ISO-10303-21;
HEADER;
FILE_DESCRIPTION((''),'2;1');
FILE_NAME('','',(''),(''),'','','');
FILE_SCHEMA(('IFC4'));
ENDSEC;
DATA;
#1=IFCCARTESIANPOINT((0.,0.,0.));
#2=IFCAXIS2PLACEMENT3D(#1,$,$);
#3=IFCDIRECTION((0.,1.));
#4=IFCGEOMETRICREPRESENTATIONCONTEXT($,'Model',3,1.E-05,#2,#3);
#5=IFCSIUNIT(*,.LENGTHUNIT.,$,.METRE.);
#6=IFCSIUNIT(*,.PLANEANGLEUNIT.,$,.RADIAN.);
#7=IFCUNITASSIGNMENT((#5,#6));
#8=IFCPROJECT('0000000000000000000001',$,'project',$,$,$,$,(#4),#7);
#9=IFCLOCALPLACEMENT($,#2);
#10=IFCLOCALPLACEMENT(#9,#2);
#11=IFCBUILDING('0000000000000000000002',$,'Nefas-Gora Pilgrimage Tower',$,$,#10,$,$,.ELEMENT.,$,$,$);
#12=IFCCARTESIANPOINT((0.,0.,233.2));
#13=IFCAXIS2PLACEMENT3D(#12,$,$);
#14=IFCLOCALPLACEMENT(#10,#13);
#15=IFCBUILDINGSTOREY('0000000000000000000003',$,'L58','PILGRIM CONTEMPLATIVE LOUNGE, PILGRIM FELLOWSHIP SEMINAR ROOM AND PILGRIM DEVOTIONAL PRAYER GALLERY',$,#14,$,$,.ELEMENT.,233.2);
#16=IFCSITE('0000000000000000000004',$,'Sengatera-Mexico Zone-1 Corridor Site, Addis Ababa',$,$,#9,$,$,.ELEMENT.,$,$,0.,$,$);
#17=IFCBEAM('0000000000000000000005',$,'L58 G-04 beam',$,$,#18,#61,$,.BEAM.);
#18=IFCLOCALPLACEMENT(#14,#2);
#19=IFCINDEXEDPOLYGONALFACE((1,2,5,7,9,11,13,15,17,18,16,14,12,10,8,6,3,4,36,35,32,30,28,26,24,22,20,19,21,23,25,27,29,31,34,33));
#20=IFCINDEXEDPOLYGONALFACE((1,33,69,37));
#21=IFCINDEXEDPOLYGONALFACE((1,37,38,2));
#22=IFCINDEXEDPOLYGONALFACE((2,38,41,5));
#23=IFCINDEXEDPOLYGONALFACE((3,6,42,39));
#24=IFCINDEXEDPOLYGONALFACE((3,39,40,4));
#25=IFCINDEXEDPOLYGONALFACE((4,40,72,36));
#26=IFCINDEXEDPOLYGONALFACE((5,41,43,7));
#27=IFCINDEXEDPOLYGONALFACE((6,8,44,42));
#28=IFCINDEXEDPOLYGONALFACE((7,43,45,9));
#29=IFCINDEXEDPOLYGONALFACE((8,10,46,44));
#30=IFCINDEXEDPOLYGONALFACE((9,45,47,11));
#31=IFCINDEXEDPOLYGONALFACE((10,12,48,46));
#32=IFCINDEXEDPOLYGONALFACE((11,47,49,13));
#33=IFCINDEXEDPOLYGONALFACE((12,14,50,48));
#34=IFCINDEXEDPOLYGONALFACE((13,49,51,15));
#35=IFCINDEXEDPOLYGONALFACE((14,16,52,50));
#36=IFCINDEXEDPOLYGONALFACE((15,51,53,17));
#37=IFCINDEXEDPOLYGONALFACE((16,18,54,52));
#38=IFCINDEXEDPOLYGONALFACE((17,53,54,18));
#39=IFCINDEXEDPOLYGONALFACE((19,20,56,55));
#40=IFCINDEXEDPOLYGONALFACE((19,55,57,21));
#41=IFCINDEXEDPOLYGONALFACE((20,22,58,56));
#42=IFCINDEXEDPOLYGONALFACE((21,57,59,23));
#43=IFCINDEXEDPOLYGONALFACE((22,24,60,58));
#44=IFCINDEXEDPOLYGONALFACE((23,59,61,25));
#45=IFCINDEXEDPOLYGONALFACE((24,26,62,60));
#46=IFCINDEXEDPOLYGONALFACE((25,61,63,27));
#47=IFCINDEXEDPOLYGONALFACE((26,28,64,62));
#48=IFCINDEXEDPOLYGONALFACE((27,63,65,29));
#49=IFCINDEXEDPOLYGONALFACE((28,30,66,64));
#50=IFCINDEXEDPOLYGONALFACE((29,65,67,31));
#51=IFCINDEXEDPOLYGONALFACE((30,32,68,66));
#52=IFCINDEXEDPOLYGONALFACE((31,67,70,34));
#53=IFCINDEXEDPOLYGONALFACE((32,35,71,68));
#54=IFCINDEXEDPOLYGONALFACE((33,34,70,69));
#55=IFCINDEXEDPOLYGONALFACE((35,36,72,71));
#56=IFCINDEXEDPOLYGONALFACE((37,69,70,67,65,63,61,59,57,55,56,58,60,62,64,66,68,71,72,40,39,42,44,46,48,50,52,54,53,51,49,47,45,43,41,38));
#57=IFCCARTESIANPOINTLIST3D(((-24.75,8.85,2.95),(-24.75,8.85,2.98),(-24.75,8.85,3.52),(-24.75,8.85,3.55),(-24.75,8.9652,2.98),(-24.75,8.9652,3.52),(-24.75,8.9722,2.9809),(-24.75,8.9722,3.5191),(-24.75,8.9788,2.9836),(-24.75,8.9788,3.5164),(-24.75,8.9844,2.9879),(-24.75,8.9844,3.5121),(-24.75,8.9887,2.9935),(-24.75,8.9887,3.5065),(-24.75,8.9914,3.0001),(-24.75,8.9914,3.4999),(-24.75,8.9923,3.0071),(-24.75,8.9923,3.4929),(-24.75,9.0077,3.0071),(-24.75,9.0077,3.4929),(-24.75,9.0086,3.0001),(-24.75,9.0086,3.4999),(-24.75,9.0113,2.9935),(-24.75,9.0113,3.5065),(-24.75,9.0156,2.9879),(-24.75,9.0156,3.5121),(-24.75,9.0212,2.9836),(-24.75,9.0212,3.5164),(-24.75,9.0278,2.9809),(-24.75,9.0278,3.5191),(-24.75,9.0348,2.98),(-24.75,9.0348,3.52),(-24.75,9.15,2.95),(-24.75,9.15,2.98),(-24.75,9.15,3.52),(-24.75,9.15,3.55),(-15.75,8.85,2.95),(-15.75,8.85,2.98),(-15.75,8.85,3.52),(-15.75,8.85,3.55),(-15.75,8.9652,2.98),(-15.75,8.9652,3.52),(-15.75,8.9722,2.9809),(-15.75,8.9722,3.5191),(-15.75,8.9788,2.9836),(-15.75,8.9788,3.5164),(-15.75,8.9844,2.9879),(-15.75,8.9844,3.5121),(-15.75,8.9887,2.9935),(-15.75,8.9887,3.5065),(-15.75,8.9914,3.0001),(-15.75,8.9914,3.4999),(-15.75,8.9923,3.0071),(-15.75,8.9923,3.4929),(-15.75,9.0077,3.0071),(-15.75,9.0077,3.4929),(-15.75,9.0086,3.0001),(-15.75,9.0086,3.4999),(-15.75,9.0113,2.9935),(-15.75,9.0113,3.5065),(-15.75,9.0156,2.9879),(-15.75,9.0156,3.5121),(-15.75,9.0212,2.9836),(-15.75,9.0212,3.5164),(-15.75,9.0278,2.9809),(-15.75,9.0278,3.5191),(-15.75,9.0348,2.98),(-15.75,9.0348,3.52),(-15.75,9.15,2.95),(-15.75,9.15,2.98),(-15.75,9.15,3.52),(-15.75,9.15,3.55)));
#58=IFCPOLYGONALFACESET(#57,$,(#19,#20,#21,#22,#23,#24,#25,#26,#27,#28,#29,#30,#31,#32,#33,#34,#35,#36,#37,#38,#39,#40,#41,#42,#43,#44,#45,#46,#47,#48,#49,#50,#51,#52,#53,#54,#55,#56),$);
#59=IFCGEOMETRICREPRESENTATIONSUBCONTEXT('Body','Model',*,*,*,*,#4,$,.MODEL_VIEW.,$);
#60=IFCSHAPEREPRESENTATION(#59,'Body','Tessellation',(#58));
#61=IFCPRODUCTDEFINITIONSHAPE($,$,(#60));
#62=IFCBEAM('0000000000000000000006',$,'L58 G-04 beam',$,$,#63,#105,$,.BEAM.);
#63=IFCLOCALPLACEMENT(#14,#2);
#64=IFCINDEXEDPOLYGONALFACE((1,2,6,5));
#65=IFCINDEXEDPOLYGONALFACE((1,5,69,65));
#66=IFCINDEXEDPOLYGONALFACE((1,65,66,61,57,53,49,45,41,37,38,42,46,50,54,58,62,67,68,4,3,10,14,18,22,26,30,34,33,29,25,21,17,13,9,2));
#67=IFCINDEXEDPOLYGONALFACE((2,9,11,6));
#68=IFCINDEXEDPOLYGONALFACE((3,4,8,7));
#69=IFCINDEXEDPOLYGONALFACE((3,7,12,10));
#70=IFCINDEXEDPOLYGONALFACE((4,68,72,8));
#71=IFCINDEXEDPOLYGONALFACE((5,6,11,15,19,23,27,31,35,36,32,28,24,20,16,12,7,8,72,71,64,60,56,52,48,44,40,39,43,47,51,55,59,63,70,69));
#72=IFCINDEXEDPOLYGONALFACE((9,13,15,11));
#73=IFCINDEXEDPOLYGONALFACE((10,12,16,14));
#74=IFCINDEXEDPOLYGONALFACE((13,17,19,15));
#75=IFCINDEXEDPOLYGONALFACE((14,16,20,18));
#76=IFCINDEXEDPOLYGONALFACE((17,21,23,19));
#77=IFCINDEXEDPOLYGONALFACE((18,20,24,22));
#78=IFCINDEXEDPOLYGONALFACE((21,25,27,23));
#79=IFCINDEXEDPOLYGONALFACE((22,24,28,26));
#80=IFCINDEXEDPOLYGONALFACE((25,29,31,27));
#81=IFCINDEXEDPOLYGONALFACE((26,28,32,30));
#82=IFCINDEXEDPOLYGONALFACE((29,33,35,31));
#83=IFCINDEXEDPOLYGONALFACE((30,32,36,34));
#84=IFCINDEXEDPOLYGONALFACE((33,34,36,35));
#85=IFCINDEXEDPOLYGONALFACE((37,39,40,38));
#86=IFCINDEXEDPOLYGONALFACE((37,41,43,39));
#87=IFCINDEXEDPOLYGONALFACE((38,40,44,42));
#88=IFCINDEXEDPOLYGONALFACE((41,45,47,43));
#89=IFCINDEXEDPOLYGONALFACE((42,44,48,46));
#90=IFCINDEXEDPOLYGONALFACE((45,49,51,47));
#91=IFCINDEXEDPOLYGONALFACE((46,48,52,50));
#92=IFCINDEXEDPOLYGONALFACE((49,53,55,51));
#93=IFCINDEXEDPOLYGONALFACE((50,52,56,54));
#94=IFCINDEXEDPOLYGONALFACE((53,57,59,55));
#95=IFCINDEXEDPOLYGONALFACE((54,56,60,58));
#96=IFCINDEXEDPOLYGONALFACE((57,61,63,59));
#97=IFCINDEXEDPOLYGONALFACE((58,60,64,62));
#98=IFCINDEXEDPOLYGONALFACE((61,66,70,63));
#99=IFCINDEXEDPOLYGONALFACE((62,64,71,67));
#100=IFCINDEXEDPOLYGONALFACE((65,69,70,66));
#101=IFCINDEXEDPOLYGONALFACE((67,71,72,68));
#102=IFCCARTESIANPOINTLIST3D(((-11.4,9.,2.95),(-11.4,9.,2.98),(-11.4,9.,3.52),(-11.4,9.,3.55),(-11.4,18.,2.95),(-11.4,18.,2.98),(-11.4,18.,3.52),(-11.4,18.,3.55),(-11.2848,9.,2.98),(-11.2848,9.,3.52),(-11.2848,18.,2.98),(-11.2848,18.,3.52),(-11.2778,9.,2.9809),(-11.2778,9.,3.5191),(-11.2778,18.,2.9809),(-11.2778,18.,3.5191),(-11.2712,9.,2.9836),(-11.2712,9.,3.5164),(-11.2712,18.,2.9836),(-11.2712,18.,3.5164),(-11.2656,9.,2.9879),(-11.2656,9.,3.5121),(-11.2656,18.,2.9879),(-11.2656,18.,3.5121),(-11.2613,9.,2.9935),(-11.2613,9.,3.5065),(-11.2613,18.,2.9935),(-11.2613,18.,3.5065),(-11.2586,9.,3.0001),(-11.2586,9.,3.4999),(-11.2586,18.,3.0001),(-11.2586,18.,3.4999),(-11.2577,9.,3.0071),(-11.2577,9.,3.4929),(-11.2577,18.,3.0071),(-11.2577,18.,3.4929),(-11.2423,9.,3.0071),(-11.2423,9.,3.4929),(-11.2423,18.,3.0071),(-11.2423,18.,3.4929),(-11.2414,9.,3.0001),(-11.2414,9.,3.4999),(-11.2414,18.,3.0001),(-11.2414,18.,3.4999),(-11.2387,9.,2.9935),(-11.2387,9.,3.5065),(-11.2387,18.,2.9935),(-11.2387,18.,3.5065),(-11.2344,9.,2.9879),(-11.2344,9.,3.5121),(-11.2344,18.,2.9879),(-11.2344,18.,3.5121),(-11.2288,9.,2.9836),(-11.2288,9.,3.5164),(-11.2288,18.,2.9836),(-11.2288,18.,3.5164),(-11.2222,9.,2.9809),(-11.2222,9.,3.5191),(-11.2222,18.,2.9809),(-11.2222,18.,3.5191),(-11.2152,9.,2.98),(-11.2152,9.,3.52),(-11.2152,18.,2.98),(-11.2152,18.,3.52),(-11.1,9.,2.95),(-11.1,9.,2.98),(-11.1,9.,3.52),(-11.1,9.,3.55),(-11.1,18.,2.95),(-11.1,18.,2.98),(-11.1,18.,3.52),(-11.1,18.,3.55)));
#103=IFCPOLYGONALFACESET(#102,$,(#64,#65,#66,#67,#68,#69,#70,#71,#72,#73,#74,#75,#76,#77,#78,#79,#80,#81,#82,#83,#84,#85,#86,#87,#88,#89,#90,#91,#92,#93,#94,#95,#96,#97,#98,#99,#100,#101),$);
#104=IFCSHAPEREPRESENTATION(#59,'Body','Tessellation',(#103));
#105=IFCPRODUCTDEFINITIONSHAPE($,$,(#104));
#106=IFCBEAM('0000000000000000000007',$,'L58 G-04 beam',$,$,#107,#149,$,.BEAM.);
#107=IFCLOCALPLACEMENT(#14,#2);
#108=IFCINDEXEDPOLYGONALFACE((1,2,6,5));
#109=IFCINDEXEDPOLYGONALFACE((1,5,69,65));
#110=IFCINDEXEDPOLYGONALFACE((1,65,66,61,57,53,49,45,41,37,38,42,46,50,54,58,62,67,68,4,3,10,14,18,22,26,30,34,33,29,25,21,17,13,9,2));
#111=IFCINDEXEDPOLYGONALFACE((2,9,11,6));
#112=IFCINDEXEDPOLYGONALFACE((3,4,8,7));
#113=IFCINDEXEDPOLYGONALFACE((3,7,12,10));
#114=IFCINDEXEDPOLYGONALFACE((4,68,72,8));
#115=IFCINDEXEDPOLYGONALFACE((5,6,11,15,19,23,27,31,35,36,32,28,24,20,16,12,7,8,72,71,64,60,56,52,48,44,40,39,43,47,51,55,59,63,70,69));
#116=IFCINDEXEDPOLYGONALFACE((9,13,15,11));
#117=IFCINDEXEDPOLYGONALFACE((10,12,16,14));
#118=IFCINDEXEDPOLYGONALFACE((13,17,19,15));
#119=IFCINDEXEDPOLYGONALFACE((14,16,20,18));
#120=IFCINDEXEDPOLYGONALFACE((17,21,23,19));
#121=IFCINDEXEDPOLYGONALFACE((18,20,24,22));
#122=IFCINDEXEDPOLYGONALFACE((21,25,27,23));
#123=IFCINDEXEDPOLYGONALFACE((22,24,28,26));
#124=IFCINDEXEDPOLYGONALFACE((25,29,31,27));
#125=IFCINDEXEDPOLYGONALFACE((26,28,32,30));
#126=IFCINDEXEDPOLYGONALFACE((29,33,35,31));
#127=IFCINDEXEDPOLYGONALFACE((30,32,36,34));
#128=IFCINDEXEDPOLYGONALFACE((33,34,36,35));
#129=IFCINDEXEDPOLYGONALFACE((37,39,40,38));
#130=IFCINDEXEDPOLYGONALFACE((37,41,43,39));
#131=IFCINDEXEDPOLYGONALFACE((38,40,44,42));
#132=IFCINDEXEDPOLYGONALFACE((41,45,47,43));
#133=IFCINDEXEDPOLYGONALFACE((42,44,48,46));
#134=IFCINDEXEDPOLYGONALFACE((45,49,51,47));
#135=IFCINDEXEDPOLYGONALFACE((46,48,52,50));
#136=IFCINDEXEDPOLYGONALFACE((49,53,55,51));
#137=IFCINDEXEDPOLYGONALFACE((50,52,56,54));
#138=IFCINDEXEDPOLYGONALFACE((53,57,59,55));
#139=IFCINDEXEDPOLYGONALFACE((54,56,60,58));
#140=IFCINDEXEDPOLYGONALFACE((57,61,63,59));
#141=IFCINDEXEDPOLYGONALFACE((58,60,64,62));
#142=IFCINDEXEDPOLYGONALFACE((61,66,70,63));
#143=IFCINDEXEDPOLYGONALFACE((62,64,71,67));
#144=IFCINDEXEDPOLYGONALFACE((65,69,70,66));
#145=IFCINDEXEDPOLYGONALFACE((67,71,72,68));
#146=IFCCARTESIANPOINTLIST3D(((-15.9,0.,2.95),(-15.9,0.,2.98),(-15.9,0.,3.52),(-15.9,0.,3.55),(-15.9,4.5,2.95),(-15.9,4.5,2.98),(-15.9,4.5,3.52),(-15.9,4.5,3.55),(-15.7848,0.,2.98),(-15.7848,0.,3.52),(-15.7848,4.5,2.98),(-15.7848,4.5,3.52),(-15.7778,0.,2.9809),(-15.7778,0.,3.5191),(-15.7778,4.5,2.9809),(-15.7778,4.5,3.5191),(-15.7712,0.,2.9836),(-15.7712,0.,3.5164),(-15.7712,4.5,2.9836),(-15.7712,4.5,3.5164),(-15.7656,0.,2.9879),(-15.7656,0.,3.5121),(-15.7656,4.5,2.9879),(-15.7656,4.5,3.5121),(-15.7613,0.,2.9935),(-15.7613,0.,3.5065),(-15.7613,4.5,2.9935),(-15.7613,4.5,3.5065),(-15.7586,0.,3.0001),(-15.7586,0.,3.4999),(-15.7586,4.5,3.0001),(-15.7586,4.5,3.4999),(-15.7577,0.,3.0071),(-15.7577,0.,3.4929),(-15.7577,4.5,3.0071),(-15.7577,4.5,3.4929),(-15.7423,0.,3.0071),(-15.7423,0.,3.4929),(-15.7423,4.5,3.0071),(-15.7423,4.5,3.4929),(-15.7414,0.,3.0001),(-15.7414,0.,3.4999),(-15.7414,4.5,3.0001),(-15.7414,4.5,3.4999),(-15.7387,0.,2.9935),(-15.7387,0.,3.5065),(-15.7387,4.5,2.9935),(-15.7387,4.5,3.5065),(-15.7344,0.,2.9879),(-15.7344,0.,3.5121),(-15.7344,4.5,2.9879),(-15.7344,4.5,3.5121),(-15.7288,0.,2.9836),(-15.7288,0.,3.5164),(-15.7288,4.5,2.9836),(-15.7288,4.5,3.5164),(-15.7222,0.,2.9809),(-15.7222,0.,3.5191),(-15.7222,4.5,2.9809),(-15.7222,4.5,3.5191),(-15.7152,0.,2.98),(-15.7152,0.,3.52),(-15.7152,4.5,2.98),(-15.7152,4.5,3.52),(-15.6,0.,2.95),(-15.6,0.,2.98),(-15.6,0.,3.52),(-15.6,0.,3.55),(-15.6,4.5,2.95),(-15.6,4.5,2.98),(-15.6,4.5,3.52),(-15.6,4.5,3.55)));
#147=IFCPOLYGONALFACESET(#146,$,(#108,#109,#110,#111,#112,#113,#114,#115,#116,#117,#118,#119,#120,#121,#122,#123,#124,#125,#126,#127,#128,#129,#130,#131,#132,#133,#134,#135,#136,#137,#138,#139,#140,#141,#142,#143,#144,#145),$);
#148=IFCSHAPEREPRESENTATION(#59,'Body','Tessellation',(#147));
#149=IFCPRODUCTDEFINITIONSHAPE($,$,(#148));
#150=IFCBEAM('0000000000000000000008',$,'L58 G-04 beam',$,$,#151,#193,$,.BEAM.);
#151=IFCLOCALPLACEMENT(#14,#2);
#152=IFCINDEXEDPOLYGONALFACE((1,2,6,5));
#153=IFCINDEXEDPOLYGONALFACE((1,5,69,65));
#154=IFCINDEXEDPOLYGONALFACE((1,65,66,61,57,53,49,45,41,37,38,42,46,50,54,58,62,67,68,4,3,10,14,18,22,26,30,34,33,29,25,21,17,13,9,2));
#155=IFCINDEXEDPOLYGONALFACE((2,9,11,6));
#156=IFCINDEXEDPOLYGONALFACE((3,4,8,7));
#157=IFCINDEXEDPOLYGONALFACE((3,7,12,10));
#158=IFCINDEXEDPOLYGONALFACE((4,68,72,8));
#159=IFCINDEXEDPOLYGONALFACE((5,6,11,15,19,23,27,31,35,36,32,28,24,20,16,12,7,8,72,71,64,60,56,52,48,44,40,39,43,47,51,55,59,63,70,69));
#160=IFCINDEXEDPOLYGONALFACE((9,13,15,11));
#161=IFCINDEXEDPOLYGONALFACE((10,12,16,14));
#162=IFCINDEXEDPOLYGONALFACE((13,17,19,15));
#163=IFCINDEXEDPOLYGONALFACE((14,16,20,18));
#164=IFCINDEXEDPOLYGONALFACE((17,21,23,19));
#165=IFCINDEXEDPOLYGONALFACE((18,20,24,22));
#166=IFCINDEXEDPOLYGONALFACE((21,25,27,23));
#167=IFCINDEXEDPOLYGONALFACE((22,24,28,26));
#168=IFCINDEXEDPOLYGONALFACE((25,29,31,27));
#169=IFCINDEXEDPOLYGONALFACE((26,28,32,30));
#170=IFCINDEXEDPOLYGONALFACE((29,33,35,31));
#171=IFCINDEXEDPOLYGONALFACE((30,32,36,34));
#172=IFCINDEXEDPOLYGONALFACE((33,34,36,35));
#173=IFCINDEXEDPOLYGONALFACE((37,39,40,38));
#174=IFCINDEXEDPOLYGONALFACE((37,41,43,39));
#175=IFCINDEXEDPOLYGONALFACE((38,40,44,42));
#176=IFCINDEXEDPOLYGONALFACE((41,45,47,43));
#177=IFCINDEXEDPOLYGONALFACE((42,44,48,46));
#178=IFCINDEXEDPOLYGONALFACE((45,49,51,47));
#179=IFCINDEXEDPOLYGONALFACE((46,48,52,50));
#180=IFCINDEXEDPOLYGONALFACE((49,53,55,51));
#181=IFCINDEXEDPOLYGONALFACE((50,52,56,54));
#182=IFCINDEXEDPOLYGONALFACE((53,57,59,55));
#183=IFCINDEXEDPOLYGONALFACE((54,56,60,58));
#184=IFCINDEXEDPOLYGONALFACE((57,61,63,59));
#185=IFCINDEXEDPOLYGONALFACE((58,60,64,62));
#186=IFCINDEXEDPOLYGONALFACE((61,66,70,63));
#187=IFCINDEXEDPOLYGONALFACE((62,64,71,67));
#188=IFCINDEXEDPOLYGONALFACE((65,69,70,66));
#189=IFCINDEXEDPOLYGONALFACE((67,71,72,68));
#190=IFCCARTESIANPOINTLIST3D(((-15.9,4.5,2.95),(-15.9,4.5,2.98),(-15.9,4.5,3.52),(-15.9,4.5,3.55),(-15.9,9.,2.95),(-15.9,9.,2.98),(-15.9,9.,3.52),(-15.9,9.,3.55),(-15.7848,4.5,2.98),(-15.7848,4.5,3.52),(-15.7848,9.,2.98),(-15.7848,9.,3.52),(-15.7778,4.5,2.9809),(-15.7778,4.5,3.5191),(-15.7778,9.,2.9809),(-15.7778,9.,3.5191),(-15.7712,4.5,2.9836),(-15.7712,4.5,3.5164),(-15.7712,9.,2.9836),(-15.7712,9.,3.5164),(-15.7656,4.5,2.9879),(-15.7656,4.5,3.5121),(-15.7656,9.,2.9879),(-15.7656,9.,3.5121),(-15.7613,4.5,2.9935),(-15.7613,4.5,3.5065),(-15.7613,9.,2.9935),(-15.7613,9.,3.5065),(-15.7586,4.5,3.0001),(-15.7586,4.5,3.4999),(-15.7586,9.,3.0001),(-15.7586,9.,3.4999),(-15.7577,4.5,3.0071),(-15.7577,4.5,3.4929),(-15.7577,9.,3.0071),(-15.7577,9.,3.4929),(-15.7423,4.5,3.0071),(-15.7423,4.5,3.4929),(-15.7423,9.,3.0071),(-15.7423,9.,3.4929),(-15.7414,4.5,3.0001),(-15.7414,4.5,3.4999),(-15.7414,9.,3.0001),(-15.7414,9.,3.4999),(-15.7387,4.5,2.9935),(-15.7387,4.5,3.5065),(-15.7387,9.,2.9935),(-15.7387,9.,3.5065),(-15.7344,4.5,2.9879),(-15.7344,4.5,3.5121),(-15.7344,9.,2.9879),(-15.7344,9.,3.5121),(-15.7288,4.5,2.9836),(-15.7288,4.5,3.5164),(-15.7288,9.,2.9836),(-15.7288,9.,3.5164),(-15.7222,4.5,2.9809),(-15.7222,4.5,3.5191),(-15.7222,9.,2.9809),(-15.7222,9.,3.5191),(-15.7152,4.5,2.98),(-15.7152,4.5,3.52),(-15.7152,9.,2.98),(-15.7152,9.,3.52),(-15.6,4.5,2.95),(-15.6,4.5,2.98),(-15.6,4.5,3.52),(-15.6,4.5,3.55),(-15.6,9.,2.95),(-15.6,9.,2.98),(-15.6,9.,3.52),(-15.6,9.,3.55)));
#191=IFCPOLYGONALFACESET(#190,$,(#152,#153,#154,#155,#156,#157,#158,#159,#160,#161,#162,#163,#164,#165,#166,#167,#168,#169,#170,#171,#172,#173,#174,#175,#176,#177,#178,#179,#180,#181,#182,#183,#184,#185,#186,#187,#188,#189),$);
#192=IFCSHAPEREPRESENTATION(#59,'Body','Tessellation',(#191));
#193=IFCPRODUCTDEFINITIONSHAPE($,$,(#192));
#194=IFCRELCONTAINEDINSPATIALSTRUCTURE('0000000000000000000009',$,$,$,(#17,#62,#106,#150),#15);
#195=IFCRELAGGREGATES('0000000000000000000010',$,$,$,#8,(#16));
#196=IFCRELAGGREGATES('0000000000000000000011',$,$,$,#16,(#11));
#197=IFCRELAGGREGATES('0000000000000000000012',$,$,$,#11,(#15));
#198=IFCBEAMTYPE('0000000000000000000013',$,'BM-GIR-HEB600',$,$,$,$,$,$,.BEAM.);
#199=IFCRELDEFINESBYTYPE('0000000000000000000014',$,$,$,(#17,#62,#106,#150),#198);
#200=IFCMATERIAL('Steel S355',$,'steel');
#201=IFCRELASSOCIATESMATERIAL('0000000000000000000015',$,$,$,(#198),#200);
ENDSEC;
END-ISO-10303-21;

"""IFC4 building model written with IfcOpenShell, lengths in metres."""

from ifc_helpers import new_model, si_unit, direction, frame, origin, origin_2d, place, context, subcontext, project, spatial, i_section, extrude, source, transform, mapped, material, material_profile, profile_set, type_object, element, save


model = new_model("IFC4")

# Units and contexts
model_context = context("Model", 3, precision=1e-05, world=origin(), true_north=direction((0.0, 1.0)))
body_context = subcontext(model_context, "Body", "Model", "MODEL_VIEW")
ifc_project = project(units=[si_unit("LENGTHUNIT", "METRE"), si_unit("PLANEANGLEUNIT", "RADIAN")], contexts=[model_context])

# Site, building, storey
site_placement = place(None, origin())
site = spatial("IfcSite", under=ifc_project, at=site_placement, Name="Sengatera-Mexico Zone-1 Corridor Site, Addis Ababa", CompositionType="ELEMENT", RefElevation=0.0)
building_placement = place(site_placement, origin())
building = spatial("IfcBuilding", under=site, at=building_placement, Name="Nefas-Gora Pilgrimage Tower", CompositionType="ELEMENT")
storey_placement = place(building_placement, frame((0.0, 0.0, 233.2)))
storey = spatial("IfcBuildingStorey", under=building, at=storey_placement, Name="L58", Description="PILGRIM CONTEMPLATIVE LOUNGE, PILGRIM FELLOWSHIP SEMINAR ROOM AND PILGRIM DEVOTIONAL PRAYER GALLERY", CompositionType="ELEMENT", Elevation=233.2)

# Beams
ifc_material_1 = material(Name="Steel S355", Category="steel")
ifc_material_profile_1 = material_profile(ifc_material_1, i_section(OverallWidth=0.3, OverallDepth=0.6001, WebThickness=0.0154, FlangeThickness=0.03, FilletRadius=0.0271, at=origin_2d()), Name="HEB 600")
ifc_profile_set_1 = profile_set([ifc_material_profile_1], Name="Steel S355")
beam_type_1 = type_object("IfcBeamType", Name="BM-GIR-HEB600", PredefinedType="BEAM", material=ifc_profile_set_1)
shared_shape_1 = source(origin(), body_context, "Body", "SweptSolid", [
    extrude(i_section(OverallWidth=0.3, OverallDepth=0.6001, WebThickness=0.0154, FlangeThickness=0.03, FilletRadius=0.0271, at=origin_2d()), origin(), (0.0, 0.0, 1.0), 9.0),
])
for number, where, z_axis, x_axis, name in (
    (1, (-24.75, 9.0, 3.25), (1.0, 0.0, 0.0), (0.0, 1.0, 0.0), "L58 G-04 beam"),
    (2, (-11.25, 9.0, 3.25), (0.0, 1.0, 0.0), (-1.0, 0.0, 0.0), "L58 G-04 beam"),
):
    element("IfcBeam", number, at=place(storey_placement, frame(where, z_axis=z_axis, x_axis=x_axis)), inside=storey, type_object=beam_type_1, Name=name, PredefinedType="BEAM", context=body_context, shape_type="MappedRepresentation", body=[
        mapped(shared_shape_1, transform((0.0, 0.0, 0.0), x_axis=(1.0, 0.0, 0.0), y_axis=(0.0, 1.0, 0.0), z_axis=(0.0, 0.0, 1.0), scale=1.0)),
    ])
shared_shape_2 = source(origin(), body_context, "Body", "SweptSolid", [
    extrude(i_section(OverallWidth=0.3, OverallDepth=0.6001, WebThickness=0.0154, FlangeThickness=0.03, FilletRadius=0.0271, at=origin_2d()), origin(), (0.0, 0.0, 1.0), 4.5),
])
for number, where, z_axis, x_axis, name in (
    (3, (-15.75, 0.0, 3.25), (0.0, 1.0, 0.0), (-1.0, 0.0, 0.0), "L58 G-04 beam"),
    (4, (-15.75, 4.5, 3.25), (0.0, 1.0, 0.0), (-1.0, 0.0, 0.0), "L58 G-04 beam"),
):
    element("IfcBeam", number, at=place(storey_placement, frame(where, z_axis=z_axis, x_axis=x_axis)), inside=storey, type_object=beam_type_1, Name=name, PredefinedType="BEAM", context=body_context, shape_type="MappedRepresentation", body=[
        mapped(shared_shape_2, transform((0.0, 0.0, 0.0), x_axis=(1.0, 0.0, 0.0), y_axis=(0.0, 1.0, 0.0), z_axis=(0.0, 0.0, 1.0), scale=1.0)),
    ])

save(model, "model.ifc")
